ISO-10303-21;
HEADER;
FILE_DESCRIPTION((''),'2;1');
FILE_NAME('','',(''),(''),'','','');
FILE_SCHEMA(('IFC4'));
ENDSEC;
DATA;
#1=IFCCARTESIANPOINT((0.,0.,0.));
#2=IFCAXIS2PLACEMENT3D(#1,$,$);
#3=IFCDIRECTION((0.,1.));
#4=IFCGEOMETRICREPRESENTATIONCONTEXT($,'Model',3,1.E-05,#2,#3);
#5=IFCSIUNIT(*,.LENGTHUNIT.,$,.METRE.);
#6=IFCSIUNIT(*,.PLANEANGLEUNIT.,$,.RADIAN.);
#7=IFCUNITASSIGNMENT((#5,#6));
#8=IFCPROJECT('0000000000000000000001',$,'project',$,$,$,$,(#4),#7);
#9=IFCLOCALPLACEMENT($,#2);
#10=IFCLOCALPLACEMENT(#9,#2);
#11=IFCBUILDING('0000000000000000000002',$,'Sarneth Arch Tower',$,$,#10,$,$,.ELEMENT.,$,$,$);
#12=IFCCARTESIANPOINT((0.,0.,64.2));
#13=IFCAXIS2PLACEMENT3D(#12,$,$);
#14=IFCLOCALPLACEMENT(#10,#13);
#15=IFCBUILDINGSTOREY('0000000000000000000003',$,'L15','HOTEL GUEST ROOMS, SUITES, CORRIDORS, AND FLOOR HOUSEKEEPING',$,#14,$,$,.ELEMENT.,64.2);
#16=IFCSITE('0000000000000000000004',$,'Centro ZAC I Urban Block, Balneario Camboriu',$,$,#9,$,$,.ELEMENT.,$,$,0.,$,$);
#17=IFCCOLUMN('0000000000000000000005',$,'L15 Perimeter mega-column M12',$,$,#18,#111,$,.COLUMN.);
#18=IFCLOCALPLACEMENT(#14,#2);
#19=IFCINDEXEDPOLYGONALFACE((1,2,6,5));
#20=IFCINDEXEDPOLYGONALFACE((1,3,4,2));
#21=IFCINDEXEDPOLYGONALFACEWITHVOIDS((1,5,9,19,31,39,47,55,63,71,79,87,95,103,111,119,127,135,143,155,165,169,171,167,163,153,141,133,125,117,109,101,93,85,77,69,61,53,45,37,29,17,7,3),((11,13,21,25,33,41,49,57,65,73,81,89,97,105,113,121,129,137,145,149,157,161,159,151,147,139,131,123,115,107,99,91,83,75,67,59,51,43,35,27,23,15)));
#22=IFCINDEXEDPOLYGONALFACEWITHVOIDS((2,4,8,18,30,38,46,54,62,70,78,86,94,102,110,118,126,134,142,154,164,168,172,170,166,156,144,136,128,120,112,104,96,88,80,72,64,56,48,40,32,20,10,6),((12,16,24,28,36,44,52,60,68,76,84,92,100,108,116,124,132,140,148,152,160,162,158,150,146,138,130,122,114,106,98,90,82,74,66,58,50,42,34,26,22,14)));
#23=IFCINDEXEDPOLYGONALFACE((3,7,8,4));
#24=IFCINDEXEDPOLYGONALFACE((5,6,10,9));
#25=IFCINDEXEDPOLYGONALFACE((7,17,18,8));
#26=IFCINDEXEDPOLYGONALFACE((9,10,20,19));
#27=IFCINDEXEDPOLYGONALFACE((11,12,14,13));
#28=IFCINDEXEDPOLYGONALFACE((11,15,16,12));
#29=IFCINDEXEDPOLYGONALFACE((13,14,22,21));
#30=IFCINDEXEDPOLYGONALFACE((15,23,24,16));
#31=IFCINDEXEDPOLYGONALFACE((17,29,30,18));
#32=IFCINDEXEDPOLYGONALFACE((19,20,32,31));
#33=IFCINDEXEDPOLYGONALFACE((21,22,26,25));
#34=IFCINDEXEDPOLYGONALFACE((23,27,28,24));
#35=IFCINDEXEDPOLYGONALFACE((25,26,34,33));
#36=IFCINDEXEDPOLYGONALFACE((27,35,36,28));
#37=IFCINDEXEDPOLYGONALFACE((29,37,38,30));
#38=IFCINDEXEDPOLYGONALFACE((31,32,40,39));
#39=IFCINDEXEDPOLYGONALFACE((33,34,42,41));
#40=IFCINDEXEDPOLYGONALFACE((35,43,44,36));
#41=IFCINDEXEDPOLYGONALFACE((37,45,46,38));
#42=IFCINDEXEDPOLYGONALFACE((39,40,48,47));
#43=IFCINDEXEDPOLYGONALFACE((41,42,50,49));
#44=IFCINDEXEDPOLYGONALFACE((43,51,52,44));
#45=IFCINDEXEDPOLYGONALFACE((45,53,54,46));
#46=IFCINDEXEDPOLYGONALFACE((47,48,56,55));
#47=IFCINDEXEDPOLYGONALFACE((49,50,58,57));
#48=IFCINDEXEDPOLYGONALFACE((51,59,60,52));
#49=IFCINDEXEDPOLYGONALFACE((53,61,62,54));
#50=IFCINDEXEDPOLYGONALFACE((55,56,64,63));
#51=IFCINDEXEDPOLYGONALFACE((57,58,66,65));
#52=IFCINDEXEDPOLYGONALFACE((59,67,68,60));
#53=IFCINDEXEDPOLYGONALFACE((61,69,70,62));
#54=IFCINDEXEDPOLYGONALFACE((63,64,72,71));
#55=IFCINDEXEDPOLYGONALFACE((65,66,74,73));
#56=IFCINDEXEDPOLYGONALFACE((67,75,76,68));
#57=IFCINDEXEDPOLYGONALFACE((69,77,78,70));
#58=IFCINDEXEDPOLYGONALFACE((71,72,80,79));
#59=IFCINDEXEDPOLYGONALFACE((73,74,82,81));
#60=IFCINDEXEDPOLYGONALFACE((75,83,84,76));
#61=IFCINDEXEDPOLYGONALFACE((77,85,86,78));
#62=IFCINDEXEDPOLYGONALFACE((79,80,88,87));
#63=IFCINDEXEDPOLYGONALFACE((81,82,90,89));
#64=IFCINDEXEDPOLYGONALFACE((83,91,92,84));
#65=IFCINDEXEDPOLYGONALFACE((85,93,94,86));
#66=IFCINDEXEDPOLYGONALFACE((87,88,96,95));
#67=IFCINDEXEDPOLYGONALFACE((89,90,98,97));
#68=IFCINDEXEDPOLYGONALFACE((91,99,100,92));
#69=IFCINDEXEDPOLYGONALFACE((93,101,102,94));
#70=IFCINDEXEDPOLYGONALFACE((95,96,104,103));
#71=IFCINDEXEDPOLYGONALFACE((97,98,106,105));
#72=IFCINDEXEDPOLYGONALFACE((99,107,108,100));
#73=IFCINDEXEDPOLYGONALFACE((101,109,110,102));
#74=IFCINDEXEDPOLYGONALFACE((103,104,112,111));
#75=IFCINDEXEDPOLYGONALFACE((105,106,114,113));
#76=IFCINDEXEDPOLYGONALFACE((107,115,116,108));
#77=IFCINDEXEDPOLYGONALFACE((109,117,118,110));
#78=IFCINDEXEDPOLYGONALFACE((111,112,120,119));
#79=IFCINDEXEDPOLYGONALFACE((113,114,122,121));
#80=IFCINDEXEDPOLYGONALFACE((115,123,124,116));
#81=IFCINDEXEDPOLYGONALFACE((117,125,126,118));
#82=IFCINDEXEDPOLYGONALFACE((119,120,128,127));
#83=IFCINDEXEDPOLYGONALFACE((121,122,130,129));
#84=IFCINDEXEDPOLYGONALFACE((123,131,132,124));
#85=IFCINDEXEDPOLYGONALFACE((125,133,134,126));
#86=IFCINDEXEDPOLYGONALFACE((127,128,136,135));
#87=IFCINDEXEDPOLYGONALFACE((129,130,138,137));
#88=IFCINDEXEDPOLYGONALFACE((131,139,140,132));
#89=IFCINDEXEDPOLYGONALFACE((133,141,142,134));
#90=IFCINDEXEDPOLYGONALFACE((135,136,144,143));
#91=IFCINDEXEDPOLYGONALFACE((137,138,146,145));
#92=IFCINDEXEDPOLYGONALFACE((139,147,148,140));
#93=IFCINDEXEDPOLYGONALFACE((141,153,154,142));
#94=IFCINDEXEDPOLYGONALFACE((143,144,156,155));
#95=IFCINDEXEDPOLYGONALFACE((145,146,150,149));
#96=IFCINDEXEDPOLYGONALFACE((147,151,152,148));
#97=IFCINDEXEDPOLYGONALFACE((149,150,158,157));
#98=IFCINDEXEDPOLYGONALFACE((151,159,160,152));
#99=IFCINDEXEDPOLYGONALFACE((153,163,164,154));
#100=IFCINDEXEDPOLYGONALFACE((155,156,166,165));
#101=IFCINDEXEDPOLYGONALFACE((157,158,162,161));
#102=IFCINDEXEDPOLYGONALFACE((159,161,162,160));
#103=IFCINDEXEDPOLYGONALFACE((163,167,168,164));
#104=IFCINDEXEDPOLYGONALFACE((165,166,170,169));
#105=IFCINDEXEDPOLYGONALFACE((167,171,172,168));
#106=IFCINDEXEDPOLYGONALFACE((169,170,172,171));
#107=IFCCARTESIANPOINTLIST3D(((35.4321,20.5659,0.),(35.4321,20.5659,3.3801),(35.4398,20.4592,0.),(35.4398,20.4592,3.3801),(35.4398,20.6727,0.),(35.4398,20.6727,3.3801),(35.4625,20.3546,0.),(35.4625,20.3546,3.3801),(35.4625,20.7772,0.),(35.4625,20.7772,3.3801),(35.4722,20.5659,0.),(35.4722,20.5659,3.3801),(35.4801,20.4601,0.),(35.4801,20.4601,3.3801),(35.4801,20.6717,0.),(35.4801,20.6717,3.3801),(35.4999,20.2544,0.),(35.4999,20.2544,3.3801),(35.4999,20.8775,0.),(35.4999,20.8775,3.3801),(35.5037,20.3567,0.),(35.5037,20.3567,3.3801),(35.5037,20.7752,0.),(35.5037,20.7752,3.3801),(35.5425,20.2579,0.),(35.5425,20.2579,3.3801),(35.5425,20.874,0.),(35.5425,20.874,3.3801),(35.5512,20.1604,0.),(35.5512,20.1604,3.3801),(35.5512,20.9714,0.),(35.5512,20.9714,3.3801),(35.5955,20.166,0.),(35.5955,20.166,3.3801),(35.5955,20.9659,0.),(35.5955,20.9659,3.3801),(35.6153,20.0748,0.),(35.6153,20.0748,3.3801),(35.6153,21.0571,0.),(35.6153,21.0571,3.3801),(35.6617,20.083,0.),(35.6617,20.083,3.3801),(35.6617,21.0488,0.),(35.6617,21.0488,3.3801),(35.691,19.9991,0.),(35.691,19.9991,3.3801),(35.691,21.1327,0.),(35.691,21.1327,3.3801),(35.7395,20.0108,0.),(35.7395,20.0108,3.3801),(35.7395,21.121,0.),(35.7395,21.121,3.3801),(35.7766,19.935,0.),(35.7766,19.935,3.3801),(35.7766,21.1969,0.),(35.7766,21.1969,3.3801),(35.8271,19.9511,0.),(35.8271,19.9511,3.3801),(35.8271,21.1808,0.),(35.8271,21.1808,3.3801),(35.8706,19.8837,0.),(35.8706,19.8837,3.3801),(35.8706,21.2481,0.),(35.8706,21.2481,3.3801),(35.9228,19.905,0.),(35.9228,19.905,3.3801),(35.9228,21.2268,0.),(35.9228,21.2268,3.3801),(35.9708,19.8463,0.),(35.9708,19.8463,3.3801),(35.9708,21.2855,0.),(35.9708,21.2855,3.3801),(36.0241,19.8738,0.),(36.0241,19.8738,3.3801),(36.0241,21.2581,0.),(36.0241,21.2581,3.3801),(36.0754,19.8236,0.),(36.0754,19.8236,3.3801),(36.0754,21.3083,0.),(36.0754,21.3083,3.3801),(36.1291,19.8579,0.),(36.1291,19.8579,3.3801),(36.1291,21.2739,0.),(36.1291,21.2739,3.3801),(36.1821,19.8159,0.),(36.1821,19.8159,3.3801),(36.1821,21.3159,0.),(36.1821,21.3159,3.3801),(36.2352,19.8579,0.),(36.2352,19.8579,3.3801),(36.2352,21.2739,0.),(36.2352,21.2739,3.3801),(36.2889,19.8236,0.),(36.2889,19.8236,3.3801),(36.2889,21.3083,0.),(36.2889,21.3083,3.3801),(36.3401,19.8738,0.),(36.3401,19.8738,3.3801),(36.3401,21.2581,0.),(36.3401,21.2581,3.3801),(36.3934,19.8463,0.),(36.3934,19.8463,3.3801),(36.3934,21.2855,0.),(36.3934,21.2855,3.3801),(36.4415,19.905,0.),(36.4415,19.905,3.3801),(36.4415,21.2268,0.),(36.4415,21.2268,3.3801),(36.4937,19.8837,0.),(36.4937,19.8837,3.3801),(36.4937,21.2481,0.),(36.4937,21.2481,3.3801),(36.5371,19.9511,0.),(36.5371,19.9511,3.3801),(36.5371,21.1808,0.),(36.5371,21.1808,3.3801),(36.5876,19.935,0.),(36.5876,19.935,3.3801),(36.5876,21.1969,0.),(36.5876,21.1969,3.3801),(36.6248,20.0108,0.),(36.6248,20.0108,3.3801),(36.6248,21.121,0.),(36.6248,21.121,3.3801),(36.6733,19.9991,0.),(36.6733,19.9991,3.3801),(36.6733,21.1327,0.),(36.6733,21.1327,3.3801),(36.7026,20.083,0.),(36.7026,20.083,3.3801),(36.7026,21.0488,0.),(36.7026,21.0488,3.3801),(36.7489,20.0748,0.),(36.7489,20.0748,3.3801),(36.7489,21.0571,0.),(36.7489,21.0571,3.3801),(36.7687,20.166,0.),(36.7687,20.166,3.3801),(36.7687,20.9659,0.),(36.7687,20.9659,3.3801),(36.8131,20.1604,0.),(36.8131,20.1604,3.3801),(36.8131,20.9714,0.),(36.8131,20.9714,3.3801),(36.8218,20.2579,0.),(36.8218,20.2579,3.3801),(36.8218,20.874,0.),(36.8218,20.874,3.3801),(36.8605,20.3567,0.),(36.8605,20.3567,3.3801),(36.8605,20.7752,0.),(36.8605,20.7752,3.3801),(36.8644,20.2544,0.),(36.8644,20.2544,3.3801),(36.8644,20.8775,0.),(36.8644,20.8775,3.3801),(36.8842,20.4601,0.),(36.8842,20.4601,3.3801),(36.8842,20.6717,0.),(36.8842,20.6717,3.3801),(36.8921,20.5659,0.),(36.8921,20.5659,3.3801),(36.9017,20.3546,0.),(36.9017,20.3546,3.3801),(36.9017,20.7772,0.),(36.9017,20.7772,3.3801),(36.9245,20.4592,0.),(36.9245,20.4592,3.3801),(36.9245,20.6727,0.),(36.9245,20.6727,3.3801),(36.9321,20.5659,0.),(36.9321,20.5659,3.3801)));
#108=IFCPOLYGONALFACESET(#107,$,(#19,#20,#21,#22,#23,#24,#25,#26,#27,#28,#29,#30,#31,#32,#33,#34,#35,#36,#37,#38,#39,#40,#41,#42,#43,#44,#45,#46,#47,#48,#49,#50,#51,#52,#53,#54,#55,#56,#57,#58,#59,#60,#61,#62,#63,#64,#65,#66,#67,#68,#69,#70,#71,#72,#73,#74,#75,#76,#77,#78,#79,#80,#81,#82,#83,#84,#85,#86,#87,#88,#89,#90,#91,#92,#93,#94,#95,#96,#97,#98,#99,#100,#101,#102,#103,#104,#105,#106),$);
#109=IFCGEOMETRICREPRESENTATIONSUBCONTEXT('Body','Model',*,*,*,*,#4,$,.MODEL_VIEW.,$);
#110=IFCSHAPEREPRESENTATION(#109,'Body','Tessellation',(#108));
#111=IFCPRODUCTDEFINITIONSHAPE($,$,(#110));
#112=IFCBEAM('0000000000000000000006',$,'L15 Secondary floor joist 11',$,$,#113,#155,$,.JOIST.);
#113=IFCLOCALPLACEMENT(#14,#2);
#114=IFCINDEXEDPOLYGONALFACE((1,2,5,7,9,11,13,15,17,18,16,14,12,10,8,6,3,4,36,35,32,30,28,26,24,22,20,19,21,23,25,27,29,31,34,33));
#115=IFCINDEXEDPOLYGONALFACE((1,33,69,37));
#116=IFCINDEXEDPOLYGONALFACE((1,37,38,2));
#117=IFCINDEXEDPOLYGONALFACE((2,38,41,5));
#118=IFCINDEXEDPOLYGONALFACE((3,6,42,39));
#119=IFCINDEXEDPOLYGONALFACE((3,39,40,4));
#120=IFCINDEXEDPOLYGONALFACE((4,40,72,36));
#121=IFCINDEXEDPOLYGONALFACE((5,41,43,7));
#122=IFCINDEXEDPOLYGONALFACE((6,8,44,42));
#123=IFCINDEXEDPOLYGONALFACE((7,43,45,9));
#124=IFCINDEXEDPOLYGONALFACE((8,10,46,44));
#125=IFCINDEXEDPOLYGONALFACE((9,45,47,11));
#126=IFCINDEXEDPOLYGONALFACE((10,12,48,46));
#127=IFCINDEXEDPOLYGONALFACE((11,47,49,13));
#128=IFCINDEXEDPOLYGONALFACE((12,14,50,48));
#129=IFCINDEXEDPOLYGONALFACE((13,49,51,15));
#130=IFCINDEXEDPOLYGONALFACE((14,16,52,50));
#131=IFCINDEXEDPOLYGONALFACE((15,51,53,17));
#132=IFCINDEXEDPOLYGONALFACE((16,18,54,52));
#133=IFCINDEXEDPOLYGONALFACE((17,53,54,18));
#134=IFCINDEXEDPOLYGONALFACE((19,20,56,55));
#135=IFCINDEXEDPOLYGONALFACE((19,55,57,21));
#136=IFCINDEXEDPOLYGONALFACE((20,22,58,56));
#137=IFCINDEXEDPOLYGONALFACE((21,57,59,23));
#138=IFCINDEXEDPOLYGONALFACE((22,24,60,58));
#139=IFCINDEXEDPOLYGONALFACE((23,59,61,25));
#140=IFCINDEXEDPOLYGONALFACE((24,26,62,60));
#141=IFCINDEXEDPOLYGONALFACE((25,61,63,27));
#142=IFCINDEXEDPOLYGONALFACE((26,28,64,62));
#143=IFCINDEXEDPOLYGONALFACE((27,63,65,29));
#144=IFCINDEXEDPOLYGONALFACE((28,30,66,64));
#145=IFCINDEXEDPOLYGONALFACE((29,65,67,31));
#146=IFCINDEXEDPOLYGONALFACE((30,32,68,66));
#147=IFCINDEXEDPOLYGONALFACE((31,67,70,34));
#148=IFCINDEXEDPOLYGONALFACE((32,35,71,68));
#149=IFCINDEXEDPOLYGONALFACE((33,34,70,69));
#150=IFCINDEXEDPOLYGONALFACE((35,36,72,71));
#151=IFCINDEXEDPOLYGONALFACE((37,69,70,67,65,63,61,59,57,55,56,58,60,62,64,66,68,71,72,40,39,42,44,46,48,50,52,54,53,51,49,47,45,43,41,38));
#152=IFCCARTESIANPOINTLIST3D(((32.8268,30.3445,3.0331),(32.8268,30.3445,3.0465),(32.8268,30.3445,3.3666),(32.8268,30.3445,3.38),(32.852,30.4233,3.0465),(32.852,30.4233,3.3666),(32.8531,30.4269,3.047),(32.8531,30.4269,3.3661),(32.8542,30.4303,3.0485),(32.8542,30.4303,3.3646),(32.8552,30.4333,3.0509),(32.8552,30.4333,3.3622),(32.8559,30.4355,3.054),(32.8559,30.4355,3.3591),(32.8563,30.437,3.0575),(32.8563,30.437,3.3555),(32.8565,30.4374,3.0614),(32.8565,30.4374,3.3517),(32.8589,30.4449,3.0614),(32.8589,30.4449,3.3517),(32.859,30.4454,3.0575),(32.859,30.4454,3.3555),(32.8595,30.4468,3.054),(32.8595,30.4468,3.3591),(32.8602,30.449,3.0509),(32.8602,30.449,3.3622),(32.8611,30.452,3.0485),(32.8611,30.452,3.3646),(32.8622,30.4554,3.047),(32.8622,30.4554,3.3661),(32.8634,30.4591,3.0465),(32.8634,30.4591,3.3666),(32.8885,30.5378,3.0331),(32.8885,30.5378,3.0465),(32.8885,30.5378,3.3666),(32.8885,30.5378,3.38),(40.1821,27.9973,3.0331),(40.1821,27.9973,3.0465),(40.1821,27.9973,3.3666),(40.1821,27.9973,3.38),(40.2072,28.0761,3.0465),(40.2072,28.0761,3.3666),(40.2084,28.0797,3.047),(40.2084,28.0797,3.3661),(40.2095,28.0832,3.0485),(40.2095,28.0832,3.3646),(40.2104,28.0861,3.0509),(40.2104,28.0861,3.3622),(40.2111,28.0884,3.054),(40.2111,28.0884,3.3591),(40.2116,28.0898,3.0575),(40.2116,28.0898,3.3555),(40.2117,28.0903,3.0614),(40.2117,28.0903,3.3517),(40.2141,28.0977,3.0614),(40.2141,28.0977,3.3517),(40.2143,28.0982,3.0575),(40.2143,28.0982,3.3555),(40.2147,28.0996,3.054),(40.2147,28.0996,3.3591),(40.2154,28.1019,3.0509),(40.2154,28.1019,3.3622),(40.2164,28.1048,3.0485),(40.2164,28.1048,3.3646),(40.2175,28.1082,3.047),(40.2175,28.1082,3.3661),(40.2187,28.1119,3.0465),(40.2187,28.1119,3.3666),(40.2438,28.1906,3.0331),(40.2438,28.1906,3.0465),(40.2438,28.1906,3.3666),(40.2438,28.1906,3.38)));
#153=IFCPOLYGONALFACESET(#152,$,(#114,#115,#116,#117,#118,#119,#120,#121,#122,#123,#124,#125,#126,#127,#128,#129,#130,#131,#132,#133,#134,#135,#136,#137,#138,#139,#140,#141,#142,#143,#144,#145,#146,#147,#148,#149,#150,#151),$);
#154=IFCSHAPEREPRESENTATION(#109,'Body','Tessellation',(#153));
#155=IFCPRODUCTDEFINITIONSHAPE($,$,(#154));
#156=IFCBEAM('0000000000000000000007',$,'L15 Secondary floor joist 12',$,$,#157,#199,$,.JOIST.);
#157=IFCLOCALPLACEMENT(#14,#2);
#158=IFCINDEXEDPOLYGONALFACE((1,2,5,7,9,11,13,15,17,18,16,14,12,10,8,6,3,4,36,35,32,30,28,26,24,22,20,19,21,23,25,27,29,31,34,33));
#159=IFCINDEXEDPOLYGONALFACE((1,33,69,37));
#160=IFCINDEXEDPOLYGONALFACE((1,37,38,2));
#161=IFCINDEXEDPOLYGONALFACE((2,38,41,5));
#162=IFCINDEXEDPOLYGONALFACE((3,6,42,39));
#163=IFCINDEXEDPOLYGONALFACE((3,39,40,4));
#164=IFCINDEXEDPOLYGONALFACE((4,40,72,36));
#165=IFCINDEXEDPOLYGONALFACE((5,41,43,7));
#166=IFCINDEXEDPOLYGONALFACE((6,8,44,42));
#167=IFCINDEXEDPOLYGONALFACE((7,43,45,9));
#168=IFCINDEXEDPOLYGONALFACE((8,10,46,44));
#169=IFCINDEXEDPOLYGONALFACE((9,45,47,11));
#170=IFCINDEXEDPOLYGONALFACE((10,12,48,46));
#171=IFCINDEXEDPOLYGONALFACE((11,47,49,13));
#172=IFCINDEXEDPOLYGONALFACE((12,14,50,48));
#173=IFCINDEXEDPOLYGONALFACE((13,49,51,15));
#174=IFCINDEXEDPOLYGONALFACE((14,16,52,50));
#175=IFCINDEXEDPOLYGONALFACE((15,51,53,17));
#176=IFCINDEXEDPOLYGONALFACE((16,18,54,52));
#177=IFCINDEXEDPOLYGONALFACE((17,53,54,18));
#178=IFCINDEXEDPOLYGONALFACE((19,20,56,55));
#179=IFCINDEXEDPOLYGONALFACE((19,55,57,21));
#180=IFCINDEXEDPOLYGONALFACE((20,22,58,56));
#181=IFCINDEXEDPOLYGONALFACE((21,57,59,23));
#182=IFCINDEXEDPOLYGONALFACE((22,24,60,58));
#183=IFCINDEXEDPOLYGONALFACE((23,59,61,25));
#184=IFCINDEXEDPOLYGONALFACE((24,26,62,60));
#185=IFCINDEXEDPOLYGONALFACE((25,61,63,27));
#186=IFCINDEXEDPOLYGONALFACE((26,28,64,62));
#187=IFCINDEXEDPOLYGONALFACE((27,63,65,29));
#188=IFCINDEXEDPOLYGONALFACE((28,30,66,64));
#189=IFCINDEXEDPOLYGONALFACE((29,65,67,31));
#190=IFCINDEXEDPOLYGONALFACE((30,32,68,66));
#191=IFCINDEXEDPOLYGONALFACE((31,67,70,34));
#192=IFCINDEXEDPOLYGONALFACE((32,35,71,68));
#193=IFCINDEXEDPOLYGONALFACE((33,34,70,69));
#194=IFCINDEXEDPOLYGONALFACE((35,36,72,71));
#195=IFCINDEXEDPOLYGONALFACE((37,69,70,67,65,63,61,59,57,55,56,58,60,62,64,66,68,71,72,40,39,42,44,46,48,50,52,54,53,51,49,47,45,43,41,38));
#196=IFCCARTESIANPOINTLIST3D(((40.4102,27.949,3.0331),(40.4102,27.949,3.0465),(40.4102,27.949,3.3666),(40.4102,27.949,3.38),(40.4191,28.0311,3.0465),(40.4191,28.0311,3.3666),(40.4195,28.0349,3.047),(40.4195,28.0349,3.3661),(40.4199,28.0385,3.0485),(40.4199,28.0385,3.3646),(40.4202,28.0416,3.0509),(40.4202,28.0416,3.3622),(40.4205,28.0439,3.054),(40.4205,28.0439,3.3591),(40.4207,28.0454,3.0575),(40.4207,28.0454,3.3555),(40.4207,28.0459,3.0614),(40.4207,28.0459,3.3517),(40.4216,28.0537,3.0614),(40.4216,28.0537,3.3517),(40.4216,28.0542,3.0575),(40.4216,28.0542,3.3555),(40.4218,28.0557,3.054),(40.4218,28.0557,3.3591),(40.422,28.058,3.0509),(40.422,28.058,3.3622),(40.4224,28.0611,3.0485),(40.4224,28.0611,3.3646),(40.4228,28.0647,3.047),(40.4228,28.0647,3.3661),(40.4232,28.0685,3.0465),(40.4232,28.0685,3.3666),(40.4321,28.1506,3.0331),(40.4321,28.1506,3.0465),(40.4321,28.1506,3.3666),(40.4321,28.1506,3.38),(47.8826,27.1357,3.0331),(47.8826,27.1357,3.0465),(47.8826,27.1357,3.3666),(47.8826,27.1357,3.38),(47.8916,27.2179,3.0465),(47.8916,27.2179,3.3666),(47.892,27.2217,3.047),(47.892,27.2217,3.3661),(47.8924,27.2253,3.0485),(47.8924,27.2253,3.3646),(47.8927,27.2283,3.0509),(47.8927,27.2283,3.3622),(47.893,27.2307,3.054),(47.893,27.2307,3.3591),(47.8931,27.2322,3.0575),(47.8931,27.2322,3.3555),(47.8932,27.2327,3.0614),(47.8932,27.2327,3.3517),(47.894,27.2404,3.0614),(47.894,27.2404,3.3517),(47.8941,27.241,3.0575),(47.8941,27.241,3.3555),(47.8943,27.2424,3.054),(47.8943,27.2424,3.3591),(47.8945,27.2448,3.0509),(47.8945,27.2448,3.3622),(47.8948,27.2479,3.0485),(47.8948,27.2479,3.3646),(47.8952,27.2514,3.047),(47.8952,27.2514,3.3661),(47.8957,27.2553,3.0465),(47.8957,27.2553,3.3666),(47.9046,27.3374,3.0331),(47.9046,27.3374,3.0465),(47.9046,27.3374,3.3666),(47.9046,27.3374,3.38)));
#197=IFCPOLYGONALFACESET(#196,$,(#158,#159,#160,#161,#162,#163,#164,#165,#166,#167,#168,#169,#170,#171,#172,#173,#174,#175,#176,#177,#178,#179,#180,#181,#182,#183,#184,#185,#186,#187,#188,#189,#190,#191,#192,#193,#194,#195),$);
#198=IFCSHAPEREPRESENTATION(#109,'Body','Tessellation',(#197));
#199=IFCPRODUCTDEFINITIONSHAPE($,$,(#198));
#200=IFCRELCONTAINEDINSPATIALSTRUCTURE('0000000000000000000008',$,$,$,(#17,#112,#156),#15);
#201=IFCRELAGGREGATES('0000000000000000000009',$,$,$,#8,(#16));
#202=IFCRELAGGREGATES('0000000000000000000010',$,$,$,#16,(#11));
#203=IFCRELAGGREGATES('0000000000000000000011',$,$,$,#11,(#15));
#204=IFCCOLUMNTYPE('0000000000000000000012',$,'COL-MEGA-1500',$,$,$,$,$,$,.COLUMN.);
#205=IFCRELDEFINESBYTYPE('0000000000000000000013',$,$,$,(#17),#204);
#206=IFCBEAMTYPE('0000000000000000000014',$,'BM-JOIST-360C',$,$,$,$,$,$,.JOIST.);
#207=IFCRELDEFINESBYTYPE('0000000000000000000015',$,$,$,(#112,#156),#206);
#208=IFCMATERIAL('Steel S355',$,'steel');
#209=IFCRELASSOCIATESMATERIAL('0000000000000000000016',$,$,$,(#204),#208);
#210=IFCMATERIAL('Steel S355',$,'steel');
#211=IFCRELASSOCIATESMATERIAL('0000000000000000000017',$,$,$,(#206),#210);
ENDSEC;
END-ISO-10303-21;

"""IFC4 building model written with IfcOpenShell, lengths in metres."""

from ifc_helpers import new_model, si_unit, direction, frame, origin, origin_2d, place, context, subcontext, project, spatial, hollow_circle, i_section, extrude, material, material_profile, profile_set, type_object, element, save


model = new_model("IFC4")

# Units and contexts
model_context = context("Model", 3, precision=1e-05, world=origin(), true_north=direction((0.0, 1.0)))
body_context = subcontext(model_context, "Body", "Model", "MODEL_VIEW")
ifc_project = project(units=[si_unit("LENGTHUNIT", "METRE"), si_unit("PLANEANGLEUNIT", "RADIAN")], contexts=[model_context])

# Site, building, storey
site_placement = place(None, origin())
site = spatial("IfcSite", under=ifc_project, at=site_placement, Name="Centro ZAC I Urban Block, Balneario Camboriu", CompositionType="ELEMENT", RefElevation=0.0)
building_placement = place(site_placement, origin())
building = spatial("IfcBuilding", under=site, at=building_placement, Name="Sarneth Arch Tower", CompositionType="ELEMENT")
storey_placement = place(building_placement, frame((0.0, 0.0, 64.2)))
storey = spatial("IfcBuildingStorey", under=building, at=storey_placement, Name="L15", Description="HOTEL GUEST ROOMS, SUITES, CORRIDORS, AND FLOOR HOUSEKEEPING", CompositionType="ELEMENT", Elevation=64.2)

# Column
ifc_material_1 = material(Name="Steel S355", Category="steel")
ifc_material_profile_1 = material_profile(ifc_material_1, hollow_circle(Radius=0.75, WallThickness=0.04, at=origin_2d()), Name="CHS1500x40")
ifc_profile_set_1 = profile_set([ifc_material_profile_1], Name="Steel S355")
column_type = type_object("IfcColumnType", Name="COL-MEGA-1500", PredefinedType="COLUMN", material=ifc_profile_set_1)
column_placement = place(storey_placement, frame((36.1821, 20.5659, 0.0), z_axis=(0.0, 0.0, 1.0), x_axis=(1.0, 0.0, 0.0)))
element("IfcColumn", 1, at=column_placement, inside=storey, type_object=column_type, Name="L15 Perimeter mega-column M12", PredefinedType="COLUMN", context=body_context, shape_type="SweptSolid", body=[
    extrude(hollow_circle(Radius=0.75, WallThickness=0.04, at=origin_2d()), origin(), (0.0, 0.0, 1.0), 3.3801),
])

# Beams
ifc_material_2 = material(Name="Steel S355", Category="steel")
ifc_material_profile_2 = material_profile(ifc_material_2, i_section(OverallWidth=0.2029, OverallDepth=0.3469, WebThickness=0.0078, FlangeThickness=0.0134, FilletRadius=0.0149, at=origin_2d()), Name="W360x64")
ifc_profile_set_2 = profile_set([ifc_material_profile_2], Name="Steel S355")
beam_type_1 = type_object("IfcBeamType", Name="BM-JOIST-360C", PredefinedType="JOIST", material=ifc_profile_set_2)
beam_1_placement = place(storey_placement, frame((32.8577, 30.4412, 3.2065), z_axis=(0.952668, -0.304011, 0.0), x_axis=(0.304011, 0.952668, 0.0)))
element("IfcBeam", 2, at=beam_1_placement, inside=storey, type_object=beam_type_1, Name="L15 Secondary floor joist 11", PredefinedType="JOIST", context=body_context, shape_type="SweptSolid", body=[
    extrude(i_section(OverallWidth=0.2029, OverallDepth=0.3469, WebThickness=0.0078, FlangeThickness=0.0134, FilletRadius=0.0149, at=origin_2d()), origin(), (0.0, 0.0, 1.0), 7.7207),
])
beam_2_placement = place(storey_placement, frame((40.4211, 28.0498, 3.2065), z_axis=(0.99413, -0.108192, 0.0), x_axis=(0.108192, 0.99413, 0.0)))
element("IfcBeam", 3, at=beam_2_placement, inside=storey, type_object=beam_type_1, Name="L15 Secondary floor joist 12", PredefinedType="JOIST", context=body_context, shape_type="SweptSolid", body=[
    extrude(i_section(OverallWidth=0.2029, OverallDepth=0.3469, WebThickness=0.0078, FlangeThickness=0.0134, FilletRadius=0.0149, at=origin_2d()), origin(), (0.0, 0.0, 1.0), 7.5166),
])

save(model, "model.ifc")
